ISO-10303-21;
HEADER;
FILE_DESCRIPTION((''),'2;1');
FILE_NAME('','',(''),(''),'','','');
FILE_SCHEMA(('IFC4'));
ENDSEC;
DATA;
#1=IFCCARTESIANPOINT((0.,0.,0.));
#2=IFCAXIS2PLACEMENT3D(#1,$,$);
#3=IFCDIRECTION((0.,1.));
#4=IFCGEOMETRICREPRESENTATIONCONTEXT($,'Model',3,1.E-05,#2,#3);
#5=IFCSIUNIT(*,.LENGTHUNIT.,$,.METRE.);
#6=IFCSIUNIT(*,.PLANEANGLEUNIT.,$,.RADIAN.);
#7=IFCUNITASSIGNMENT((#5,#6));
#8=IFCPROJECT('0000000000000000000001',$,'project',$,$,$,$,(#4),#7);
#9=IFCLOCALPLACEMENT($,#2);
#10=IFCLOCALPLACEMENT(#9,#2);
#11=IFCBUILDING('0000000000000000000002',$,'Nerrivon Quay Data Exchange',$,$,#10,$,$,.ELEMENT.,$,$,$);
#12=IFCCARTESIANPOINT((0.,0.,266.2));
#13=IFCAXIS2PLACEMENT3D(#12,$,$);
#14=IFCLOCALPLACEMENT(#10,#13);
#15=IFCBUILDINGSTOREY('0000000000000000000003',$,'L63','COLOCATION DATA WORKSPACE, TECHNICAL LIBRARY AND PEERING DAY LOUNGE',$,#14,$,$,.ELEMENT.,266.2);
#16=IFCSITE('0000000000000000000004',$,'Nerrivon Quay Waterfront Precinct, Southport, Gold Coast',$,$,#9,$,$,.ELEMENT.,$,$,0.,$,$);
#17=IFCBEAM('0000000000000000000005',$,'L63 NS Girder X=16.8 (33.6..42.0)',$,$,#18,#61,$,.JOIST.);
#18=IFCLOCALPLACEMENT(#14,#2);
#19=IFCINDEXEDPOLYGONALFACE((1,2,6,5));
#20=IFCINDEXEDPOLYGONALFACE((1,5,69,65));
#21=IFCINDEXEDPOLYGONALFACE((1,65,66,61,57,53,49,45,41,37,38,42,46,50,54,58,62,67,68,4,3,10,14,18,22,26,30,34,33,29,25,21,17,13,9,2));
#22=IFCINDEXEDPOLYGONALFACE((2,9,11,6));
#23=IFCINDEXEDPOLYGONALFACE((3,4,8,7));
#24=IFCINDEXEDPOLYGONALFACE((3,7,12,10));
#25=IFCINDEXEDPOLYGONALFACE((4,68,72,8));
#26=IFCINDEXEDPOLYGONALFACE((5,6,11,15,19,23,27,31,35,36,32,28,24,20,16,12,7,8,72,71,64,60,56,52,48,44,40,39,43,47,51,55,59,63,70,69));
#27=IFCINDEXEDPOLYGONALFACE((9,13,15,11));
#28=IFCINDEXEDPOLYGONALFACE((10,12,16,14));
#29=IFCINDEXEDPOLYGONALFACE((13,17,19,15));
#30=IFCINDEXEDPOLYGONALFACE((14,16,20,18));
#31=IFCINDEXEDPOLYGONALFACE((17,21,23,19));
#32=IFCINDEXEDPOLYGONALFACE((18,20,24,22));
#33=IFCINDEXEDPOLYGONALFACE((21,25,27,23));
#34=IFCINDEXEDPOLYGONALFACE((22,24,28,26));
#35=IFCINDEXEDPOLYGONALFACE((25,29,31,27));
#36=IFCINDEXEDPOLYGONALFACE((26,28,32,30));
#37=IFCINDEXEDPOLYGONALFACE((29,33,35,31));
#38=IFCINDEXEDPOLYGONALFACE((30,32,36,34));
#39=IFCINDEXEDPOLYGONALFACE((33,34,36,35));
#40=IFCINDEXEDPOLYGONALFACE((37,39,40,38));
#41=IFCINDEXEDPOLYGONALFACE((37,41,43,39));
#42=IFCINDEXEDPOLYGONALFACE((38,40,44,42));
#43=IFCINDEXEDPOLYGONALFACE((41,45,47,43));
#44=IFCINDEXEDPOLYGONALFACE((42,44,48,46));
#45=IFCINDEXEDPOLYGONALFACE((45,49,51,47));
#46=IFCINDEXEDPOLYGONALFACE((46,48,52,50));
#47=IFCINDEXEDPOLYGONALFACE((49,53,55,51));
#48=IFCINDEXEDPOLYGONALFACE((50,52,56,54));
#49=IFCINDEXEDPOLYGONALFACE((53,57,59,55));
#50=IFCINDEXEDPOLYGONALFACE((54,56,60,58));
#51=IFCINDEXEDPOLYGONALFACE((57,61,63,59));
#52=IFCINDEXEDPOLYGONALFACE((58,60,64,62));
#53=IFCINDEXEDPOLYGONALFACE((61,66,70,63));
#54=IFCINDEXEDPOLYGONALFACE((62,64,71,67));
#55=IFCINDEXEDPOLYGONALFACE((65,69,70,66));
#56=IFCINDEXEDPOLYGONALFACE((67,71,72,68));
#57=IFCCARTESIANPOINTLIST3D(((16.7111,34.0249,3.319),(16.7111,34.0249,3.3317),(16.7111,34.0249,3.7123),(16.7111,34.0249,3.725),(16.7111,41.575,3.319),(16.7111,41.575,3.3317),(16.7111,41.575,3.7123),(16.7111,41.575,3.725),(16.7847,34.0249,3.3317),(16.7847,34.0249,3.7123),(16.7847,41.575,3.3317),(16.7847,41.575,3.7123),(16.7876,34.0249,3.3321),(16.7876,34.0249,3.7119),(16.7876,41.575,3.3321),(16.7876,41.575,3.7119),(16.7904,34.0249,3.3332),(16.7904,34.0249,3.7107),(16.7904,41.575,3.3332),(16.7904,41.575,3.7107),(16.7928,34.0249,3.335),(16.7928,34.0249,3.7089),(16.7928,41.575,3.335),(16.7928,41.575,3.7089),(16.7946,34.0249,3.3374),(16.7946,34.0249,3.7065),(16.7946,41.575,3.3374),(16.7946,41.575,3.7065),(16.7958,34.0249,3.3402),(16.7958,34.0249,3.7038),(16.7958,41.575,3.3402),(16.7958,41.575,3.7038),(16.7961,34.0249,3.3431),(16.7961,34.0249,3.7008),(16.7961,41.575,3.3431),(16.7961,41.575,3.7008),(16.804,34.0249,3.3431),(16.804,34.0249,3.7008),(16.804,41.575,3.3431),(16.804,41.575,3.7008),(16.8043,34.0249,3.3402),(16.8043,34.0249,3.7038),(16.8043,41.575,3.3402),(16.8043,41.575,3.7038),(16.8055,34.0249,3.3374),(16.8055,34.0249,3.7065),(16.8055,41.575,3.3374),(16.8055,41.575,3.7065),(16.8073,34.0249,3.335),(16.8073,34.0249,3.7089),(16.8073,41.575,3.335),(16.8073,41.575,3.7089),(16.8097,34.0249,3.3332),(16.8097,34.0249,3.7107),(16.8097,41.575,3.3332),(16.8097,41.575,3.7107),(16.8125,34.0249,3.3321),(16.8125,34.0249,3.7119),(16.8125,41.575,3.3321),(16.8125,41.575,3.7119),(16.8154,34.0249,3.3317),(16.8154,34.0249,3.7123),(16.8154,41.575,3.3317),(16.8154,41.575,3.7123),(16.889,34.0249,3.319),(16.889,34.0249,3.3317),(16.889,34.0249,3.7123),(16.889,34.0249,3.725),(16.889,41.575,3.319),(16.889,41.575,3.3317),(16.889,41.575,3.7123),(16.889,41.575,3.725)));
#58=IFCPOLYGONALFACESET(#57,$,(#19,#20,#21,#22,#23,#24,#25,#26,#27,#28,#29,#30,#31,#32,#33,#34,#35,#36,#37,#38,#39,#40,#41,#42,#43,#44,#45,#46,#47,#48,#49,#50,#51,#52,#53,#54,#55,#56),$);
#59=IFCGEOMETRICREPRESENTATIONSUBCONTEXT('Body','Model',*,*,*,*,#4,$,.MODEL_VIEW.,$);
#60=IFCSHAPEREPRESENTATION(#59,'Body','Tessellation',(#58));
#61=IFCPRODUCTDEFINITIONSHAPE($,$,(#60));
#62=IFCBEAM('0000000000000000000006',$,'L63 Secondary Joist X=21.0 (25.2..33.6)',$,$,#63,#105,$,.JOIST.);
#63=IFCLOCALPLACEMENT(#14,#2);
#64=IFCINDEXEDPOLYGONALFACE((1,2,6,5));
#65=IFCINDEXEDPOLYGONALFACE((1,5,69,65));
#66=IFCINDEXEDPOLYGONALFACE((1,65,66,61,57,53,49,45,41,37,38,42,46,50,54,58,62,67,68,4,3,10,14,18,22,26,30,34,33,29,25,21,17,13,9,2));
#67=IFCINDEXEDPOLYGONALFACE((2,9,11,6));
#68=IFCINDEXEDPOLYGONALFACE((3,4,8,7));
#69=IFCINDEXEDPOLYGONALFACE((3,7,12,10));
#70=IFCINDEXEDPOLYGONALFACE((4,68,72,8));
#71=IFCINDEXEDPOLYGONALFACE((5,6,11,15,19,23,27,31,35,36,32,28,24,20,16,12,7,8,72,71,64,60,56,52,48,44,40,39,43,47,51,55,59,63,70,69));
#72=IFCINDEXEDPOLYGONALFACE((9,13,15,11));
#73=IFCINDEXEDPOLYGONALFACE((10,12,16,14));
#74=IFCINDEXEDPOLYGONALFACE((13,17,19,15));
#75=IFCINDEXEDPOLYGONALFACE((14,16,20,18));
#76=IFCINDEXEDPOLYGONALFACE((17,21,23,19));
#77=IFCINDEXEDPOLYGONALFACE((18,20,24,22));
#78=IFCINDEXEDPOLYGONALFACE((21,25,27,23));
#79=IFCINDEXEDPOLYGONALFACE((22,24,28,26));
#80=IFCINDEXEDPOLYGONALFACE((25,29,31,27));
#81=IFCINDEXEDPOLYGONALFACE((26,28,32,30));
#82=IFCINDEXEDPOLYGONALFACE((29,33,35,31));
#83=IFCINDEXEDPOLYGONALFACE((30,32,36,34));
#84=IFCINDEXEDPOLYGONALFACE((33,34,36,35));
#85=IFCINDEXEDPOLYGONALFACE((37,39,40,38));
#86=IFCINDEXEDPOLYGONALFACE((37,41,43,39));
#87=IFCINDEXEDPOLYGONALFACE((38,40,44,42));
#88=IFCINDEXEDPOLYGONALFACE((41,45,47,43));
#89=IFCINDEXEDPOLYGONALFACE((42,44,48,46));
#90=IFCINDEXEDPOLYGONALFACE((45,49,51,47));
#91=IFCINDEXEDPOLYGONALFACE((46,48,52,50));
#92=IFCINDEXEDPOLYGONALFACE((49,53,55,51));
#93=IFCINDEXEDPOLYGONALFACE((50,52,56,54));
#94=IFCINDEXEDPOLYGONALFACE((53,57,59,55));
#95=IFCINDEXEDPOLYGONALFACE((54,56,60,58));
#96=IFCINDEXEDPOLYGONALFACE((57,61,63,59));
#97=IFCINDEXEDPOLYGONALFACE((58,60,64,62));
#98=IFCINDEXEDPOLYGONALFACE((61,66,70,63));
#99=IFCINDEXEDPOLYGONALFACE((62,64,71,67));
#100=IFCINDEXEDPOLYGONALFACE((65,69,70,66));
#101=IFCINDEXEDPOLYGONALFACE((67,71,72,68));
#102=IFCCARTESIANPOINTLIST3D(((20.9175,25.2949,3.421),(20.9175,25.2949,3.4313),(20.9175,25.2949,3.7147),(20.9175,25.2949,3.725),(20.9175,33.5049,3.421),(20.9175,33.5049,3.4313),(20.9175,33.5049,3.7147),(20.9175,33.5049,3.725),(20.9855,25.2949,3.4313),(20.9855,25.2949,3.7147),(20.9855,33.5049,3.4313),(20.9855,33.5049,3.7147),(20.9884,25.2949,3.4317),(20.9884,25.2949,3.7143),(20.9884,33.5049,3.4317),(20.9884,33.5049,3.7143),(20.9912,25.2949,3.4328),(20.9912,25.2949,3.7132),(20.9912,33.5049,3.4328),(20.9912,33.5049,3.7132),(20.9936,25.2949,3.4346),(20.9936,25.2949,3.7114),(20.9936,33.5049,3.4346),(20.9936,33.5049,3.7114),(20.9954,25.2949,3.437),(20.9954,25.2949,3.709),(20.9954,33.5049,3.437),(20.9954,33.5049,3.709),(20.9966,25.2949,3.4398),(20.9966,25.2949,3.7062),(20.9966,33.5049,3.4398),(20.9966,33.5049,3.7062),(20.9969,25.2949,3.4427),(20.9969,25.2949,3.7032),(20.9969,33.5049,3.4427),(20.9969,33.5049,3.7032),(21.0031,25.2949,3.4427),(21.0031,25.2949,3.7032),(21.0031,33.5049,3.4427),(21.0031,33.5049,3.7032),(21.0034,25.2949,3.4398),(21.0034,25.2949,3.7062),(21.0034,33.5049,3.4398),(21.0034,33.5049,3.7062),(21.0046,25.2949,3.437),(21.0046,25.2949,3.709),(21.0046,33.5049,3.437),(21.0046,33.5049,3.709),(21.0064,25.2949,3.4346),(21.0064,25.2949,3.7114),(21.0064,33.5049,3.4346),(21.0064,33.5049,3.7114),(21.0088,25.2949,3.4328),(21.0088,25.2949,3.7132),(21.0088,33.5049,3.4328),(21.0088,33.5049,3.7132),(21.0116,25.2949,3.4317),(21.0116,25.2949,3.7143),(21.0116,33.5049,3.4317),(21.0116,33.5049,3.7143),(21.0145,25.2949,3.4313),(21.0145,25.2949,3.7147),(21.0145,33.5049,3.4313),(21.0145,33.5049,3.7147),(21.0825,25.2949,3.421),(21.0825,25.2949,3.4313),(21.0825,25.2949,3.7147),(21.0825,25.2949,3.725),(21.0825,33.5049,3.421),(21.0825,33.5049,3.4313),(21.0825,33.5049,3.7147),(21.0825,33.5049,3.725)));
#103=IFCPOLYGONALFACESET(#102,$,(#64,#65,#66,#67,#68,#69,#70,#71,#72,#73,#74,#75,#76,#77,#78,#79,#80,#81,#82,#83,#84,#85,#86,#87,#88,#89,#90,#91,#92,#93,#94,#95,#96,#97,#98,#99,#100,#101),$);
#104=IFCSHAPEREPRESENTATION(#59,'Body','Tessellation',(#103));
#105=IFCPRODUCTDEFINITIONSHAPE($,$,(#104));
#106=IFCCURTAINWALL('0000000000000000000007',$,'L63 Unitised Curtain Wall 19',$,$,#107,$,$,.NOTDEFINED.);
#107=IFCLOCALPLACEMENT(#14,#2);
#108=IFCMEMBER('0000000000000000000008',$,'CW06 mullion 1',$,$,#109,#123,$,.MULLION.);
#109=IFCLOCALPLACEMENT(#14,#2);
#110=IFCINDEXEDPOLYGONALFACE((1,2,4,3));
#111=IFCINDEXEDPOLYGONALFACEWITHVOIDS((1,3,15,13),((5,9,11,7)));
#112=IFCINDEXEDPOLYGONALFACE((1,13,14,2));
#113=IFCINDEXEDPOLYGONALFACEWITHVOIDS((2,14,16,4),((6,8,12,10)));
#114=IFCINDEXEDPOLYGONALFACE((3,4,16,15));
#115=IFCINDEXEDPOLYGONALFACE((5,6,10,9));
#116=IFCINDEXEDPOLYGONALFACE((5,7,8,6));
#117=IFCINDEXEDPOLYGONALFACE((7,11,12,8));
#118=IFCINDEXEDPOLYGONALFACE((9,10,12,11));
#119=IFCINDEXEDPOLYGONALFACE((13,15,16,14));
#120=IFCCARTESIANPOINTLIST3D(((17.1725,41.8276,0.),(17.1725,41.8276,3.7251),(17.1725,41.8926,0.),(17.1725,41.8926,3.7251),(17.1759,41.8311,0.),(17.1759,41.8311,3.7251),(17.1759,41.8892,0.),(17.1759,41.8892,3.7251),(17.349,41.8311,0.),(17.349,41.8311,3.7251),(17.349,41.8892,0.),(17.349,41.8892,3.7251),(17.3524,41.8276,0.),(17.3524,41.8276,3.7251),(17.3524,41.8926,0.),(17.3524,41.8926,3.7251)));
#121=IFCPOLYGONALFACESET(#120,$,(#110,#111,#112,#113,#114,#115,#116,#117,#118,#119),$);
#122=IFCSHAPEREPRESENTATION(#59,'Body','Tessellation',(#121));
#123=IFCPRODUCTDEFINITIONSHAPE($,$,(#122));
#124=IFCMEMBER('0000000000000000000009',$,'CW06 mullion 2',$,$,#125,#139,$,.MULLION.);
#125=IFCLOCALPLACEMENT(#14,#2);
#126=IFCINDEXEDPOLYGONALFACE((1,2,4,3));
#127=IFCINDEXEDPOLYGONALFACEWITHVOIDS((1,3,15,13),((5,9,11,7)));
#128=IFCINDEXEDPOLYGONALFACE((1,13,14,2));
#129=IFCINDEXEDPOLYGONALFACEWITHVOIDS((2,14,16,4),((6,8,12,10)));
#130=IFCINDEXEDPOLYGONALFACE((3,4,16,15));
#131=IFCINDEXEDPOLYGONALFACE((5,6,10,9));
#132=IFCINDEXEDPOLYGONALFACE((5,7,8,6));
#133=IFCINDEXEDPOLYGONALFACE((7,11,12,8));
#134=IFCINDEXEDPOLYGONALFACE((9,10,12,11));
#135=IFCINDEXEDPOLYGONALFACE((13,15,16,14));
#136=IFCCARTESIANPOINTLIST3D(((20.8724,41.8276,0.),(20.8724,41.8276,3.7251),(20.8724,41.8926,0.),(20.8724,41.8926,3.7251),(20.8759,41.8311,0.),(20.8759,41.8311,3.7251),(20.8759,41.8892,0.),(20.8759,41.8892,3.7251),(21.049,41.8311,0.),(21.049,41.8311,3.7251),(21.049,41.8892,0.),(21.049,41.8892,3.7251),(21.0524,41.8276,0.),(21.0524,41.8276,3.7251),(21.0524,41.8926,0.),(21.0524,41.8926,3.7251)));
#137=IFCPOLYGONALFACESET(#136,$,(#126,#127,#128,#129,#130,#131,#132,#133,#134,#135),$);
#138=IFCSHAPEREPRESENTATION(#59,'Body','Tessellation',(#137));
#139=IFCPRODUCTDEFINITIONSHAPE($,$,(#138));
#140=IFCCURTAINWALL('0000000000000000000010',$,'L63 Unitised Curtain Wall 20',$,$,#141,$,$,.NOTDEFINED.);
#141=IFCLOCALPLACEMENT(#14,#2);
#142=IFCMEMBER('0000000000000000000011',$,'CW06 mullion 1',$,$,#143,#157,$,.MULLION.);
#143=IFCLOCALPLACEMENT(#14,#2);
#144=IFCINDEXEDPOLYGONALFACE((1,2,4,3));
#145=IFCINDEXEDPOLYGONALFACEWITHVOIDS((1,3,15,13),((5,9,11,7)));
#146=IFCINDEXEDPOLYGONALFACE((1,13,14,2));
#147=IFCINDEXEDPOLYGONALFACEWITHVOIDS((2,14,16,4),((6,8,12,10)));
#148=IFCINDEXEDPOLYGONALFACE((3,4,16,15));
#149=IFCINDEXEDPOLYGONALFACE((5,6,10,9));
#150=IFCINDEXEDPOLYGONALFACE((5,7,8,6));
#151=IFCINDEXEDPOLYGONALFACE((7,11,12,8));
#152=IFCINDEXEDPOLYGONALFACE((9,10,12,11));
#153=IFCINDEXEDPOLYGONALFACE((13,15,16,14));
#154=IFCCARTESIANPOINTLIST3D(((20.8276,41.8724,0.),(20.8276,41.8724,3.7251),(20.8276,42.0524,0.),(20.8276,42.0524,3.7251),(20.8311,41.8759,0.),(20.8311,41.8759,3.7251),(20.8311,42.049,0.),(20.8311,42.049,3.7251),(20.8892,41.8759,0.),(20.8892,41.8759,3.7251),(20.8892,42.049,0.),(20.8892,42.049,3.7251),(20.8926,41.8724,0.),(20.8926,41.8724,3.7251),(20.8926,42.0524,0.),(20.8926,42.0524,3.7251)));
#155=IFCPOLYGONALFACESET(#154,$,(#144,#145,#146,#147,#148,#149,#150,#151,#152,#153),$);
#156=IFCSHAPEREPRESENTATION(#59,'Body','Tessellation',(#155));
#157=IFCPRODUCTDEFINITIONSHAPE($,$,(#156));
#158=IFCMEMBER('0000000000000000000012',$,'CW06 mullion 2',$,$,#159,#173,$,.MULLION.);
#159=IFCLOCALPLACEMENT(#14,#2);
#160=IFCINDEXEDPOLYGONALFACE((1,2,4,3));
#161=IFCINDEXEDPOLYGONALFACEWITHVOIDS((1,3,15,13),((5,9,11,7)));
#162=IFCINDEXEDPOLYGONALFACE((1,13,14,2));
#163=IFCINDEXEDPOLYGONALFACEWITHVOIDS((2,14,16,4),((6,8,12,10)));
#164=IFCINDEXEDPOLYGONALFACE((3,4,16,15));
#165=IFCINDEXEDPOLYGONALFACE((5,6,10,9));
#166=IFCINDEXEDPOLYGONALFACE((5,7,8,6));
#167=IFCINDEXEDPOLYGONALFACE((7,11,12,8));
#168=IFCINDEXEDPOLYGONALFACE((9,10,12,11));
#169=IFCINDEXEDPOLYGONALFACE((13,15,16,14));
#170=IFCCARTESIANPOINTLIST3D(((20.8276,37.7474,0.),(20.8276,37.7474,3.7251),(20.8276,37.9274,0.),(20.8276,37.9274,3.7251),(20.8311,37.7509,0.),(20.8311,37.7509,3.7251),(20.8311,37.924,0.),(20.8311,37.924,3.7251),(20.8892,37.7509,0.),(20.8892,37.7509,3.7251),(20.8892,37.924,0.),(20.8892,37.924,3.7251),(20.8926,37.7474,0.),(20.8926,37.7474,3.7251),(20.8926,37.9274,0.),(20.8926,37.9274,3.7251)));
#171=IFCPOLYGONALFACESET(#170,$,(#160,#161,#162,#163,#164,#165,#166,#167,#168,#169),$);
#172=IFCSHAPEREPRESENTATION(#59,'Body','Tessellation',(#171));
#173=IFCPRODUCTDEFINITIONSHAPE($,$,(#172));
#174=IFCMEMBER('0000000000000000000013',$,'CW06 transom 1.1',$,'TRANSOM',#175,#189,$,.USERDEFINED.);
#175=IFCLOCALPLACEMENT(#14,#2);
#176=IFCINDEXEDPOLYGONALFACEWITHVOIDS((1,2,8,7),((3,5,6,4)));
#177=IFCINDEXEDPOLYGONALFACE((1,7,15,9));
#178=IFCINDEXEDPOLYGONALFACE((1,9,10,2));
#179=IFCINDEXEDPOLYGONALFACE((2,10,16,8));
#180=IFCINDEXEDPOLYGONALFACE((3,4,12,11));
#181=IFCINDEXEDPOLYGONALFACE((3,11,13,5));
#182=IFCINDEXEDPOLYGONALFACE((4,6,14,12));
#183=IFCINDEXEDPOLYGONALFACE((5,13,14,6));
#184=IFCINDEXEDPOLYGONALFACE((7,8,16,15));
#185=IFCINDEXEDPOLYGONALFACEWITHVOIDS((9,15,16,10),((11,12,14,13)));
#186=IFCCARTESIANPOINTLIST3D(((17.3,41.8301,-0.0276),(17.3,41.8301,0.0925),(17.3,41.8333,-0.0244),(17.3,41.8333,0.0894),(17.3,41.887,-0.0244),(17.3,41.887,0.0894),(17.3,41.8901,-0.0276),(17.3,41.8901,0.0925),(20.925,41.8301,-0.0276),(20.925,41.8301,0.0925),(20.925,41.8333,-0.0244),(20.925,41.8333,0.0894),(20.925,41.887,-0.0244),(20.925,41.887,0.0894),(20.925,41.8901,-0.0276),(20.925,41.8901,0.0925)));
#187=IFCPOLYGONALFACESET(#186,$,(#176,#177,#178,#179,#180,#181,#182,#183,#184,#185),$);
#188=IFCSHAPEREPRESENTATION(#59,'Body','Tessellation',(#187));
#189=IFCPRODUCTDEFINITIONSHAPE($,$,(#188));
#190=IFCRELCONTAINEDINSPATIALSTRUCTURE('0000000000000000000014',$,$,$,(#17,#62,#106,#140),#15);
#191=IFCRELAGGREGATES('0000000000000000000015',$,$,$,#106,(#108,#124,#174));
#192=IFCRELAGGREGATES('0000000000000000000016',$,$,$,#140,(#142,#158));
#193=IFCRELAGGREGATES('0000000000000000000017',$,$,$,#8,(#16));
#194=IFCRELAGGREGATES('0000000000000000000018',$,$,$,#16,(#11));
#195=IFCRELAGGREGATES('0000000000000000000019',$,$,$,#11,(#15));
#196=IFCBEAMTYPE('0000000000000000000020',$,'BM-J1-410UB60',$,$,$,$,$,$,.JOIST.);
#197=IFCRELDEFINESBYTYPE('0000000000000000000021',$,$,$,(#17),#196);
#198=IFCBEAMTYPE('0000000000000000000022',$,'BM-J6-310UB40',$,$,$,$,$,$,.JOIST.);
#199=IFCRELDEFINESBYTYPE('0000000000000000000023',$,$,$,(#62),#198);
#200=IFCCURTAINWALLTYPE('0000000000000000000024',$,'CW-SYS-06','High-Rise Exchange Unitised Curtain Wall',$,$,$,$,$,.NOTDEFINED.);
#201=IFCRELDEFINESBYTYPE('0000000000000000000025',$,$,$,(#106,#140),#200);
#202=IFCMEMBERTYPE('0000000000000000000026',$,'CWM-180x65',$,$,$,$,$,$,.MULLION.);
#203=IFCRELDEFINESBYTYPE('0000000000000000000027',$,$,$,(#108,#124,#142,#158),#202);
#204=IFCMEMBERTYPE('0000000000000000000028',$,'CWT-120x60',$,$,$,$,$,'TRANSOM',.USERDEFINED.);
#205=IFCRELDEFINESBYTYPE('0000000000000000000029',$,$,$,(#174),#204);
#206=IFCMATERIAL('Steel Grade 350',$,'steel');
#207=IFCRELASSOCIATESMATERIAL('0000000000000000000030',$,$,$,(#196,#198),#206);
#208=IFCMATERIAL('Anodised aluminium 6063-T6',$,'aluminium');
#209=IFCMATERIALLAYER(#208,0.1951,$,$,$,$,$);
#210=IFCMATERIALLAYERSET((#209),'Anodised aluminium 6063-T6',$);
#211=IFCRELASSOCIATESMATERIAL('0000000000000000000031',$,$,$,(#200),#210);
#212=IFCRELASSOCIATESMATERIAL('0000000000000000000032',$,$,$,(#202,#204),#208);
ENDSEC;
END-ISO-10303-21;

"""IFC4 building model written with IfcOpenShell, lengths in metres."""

from ifc_helpers import new_model, si_unit, direction, frame, origin, origin_2d, place, context, subcontext, project, spatial, hollow_rectangle, i_section, extrude, material, layer, layer_set, material_profile, profile_set, type_object, element, aggregate, save


model = new_model("IFC4")

# Units and contexts
model_context = context("Model", 3, precision=1e-05, world=origin(), true_north=direction((0.0, 1.0)))
body_context = subcontext(model_context, "Body", "Model", "MODEL_VIEW")
ifc_project = project(units=[si_unit("LENGTHUNIT", "METRE"), si_unit("PLANEANGLEUNIT", "RADIAN")], contexts=[model_context])

# Site, building, storey
site_placement = place(None, origin())
site = spatial("IfcSite", under=ifc_project, at=site_placement, Name="Nerrivon Quay Waterfront Precinct, Southport, Gold Coast", CompositionType="ELEMENT", RefElevation=0.0)
building_placement = place(site_placement, origin())
building = spatial("IfcBuilding", under=site, at=building_placement, Name="Nerrivon Quay Data Exchange", CompositionType="ELEMENT")
storey_placement = place(building_placement, frame((0.0, 0.0, 266.2)))
storey = spatial("IfcBuildingStorey", under=building, at=storey_placement, Name="L63", Description="COLOCATION DATA WORKSPACE, TECHNICAL LIBRARY AND PEERING DAY LOUNGE", CompositionType="ELEMENT", Elevation=266.2)

# Beams
ifc_material_1 = material(Name="Steel Grade 350", Category="steel")
ifc_material_profile_1 = material_profile(ifc_material_1, i_section(OverallWidth=0.178, OverallDepth=0.406, WebThickness=0.0078, FlangeThickness=0.0127, FilletRadius=0.0115, at=origin_2d()), Name="410UB59.7")
ifc_profile_set_1 = profile_set([ifc_material_profile_1], Name="Steel Grade 350")
beam_type_1 = type_object("IfcBeamType", Name="BM-J1-410UB60", PredefinedType="JOIST", material=ifc_profile_set_1)
for number, where, z_axis, x_axis, name in (
    (1, (16.8, 34.0249, 3.522), (0.0, 1.0, 0.0), (-1.0, 0.0, 0.0), "L63 NS Girder X=16.8 (33.6..42.0)"),
):
    element("IfcBeam", number, at=place(storey_placement, frame(where, z_axis=z_axis, x_axis=x_axis)), inside=storey, type_object=beam_type_1, Name=name, PredefinedType="JOIST", context=body_context, shape_type="SweptSolid", body=[
        extrude(i_section(OverallWidth=0.178, OverallDepth=0.406, WebThickness=0.0078, FlangeThickness=0.0127, FilletRadius=0.0115, at=origin_2d()), origin(), (0.0, 0.0, 1.0), 7.55),
    ])
ifc_material_profile_2 = material_profile(ifc_material_1, i_section(OverallWidth=0.165, OverallDepth=0.304, WebThickness=0.0061, FlangeThickness=0.0103, FilletRadius=0.0115, at=origin_2d()), Name="310UB40.4")
ifc_profile_set_2 = profile_set([ifc_material_profile_2], Name="Steel Grade 350")
beam_type_2 = type_object("IfcBeamType", Name="BM-J6-310UB40", PredefinedType="JOIST", material=ifc_profile_set_2)
beam_placement = place(storey_placement, frame((21.0, 25.2949, 3.573), z_axis=(0.0, 1.0, 0.0), x_axis=(-1.0, 0.0, 0.0)))
element("IfcBeam", 2, at=beam_placement, inside=storey, type_object=beam_type_2, Name="L63 Secondary Joist X=21.0 (25.2..33.6)", PredefinedType="JOIST", context=body_context, shape_type="SweptSolid", body=[
    extrude(i_section(OverallWidth=0.165, OverallDepth=0.304, WebThickness=0.0061, FlangeThickness=0.0103, FilletRadius=0.0115, at=origin_2d()), origin(), (0.0, 0.0, 1.0), 8.21),
])

# Curtain walls, members
ifc_material_2 = material(Name="Anodised aluminium 6063-T6", Category="aluminium")
ifc_layer_1 = layer(ifc_material_2, 0.1951)
ifc_layer_set_1 = layer_set([ifc_layer_1], Name="Anodised aluminium 6063-T6")
curtain_wall_type = type_object("IfcCurtainWallType", Name="CW-SYS-06", Description="High-Rise Exchange Unitised Curtain Wall", PredefinedType="NOTDEFINED", material=ifc_layer_set_1)
curtain_wall_1_placement = place(storey_placement, origin())
curtain_wall_1 = element("IfcCurtainWall", 3, at=curtain_wall_1_placement, inside=storey, type_object=curtain_wall_type, Name="L63 Unitised Curtain Wall 19", PredefinedType="NOTDEFINED")
ifc_material_profile_3 = material_profile(ifc_material_2, hollow_rectangle(XDim=0.0649, YDim=0.1799, WallThickness=0.0034, at=origin_2d()), Name="ALU-MULL-180x65")
ifc_profile_set_3 = profile_set([ifc_material_profile_3], Name="Anodised aluminium 6063-T6")
member_type_1 = type_object("IfcMemberType", Name="CWM-180x65", PredefinedType="MULLION", material=ifc_profile_set_3)
member_1_placement = place(storey_placement, frame((17.2625, 41.8601, 0.0), z_axis=(0.0, 0.0, 1.0), x_axis=(0.0, 1.0, 0.0)))
member_1 = element("IfcMember", 4, at=member_1_placement, type_object=member_type_1, Name="CW06 mullion 1", PredefinedType="MULLION", context=body_context, shape_type="SweptSolid", body=[
    extrude(hollow_rectangle(XDim=0.0649, YDim=0.1799, WallThickness=0.0034, at=origin_2d()), origin(), (0.0, 0.0, 1.0), 3.7251),
])
member_2_placement = place(storey_placement, frame((20.9624, 41.8601, 0.0), z_axis=(0.0, 0.0, 1.0), x_axis=(0.0, 1.0, 0.0)))
member_2 = element("IfcMember", 5, at=member_2_placement, type_object=member_type_1, Name="CW06 mullion 2", PredefinedType="MULLION", context=body_context, shape_type="SweptSolid", body=[
    extrude(hollow_rectangle(XDim=0.0649, YDim=0.1799, WallThickness=0.0034, at=origin_2d()), origin(), (0.0, 0.0, 1.0), 3.7251),
])
curtain_wall_2_placement = place(storey_placement, origin())
curtain_wall_2 = element("IfcCurtainWall", 6, at=curtain_wall_2_placement, inside=storey, type_object=curtain_wall_type, Name="L63 Unitised Curtain Wall 20", PredefinedType="NOTDEFINED")
member_3_placement = place(storey_placement, frame((20.8601, 41.9624, 0.0), z_axis=(0.0, 0.0, 1.0), x_axis=(1.0, 0.0, 0.0)))
member_3 = element("IfcMember", 7, at=member_3_placement, type_object=member_type_1, Name="CW06 mullion 1", PredefinedType="MULLION", context=body_context, shape_type="SweptSolid", body=[
    extrude(hollow_rectangle(XDim=0.0649, YDim=0.1799, WallThickness=0.0034, at=origin_2d()), origin(), (0.0, 0.0, 1.0), 3.7251),
])
member_4_placement = place(storey_placement, frame((20.8601, 37.8374, 0.0), z_axis=(0.0, 0.0, 1.0), x_axis=(1.0, 0.0, 0.0)))
member_4 = element("IfcMember", 8, at=member_4_placement, type_object=member_type_1, Name="CW06 mullion 2", PredefinedType="MULLION", context=body_context, shape_type="SweptSolid", body=[
    extrude(hollow_rectangle(XDim=0.0649, YDim=0.1799, WallThickness=0.0034, at=origin_2d()), origin(), (0.0, 0.0, 1.0), 3.7251),
])

# Member
ifc_material_profile_4 = material_profile(ifc_material_2, hollow_rectangle(XDim=0.0601, YDim=0.1201, WallThickness=0.0032, at=origin_2d()), Name="ALU-TRAN-120x60")
ifc_profile_set_4 = profile_set([ifc_material_profile_4], Name="Anodised aluminium 6063-T6")
member_type_2 = type_object("IfcMemberType", Name="CWT-120x60", ElementType="TRANSOM", PredefinedType="USERDEFINED", material=ifc_profile_set_4)
member_5_placement = place(storey_placement, frame((17.3, 41.8601, 0.0325), z_axis=(1.0, 0.0, 0.0), x_axis=(0.0, 1.0, 0.0)))
member_5 = element("IfcMember", 9, at=member_5_placement, type_object=member_type_2, Name="CW06 transom 1.1", ObjectType="TRANSOM", PredefinedType="USERDEFINED", context=body_context, shape_type="SweptSolid", body=[
    extrude(hollow_rectangle(XDim=0.0601, YDim=0.1201, WallThickness=0.0032, at=origin_2d()), origin(), (0.0, 0.0, 1.0), 3.625),
])

aggregate(curtain_wall_1, [member_1, member_2, member_5])
aggregate(curtain_wall_2, [member_3, member_4])

save(model, "model.ifc")
